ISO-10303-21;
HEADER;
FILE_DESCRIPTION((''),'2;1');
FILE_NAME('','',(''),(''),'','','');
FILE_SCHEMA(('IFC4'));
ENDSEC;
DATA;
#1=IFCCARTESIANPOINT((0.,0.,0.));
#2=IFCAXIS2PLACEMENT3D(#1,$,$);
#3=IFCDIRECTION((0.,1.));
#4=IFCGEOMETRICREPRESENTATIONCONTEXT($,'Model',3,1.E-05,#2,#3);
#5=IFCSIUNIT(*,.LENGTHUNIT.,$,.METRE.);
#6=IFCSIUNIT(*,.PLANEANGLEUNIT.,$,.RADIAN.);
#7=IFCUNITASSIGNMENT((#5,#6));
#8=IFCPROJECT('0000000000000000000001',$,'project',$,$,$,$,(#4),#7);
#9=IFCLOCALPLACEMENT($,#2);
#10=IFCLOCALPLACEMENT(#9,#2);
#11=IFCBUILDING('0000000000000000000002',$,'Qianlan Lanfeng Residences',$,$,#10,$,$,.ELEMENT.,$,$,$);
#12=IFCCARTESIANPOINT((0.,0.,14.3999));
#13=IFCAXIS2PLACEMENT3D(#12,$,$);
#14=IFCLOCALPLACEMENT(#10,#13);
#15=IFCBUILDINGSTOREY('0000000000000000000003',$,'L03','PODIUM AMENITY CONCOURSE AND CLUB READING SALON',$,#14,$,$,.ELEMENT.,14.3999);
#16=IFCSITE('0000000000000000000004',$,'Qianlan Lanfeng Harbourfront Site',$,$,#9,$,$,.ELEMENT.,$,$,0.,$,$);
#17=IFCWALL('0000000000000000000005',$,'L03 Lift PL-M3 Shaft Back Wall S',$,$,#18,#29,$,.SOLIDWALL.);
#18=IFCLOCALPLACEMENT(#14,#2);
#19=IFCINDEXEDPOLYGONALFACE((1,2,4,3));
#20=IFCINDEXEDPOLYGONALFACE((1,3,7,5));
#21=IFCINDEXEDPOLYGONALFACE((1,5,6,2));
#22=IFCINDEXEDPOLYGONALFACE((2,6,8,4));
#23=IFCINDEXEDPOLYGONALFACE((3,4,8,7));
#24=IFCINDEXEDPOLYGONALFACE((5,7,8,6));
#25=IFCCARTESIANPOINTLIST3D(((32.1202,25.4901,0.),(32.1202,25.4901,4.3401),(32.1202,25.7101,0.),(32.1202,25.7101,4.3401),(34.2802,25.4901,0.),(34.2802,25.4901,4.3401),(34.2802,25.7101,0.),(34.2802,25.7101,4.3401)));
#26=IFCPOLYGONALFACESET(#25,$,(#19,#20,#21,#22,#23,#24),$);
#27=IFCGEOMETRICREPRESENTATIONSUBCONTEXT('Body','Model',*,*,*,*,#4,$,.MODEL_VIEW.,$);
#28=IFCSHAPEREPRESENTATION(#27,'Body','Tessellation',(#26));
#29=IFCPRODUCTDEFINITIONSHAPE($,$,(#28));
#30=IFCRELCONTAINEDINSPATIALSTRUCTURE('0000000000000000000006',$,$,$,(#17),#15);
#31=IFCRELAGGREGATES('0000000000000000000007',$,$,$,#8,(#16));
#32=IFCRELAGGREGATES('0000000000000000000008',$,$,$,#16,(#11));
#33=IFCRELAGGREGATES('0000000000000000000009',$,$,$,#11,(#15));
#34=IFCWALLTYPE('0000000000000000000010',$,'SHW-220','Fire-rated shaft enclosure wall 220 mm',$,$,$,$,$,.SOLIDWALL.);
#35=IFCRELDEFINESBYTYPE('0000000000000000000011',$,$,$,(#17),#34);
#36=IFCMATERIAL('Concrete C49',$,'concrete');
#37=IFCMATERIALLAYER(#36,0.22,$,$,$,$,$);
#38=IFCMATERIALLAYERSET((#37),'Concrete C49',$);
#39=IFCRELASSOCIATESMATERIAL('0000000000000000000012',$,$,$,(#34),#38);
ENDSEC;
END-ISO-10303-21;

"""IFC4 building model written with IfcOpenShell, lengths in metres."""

from ifc_helpers import new_model, si_unit, direction, frame, frame_2d, origin, place, context, subcontext, project, spatial, rectangle, extrude, material, layer, layer_set, type_object, element, save


model = new_model("IFC4")

# Units and contexts
model_context = context("Model", 3, precision=1e-05, world=origin(), true_north=direction((0.0, 1.0)))
body_context = subcontext(model_context, "Body", "Model", "MODEL_VIEW")
ifc_project = project(units=[si_unit("LENGTHUNIT", "METRE"), si_unit("PLANEANGLEUNIT", "RADIAN")], contexts=[model_context])

# Site, building, storey
site_placement = place(None, origin())
site = spatial("IfcSite", under=ifc_project, at=site_placement, Name="Qianlan Lanfeng Harbourfront Site", CompositionType="ELEMENT", RefElevation=0.0)
building_placement = place(site_placement, origin())
building = spatial("IfcBuilding", under=site, at=building_placement, Name="Qianlan Lanfeng Residences", CompositionType="ELEMENT")
storey_placement = place(building_placement, frame((0.0, 0.0, 14.3999)))
storey = spatial("IfcBuildingStorey", under=building, at=storey_placement, Name="L03", Description="PODIUM AMENITY CONCOURSE AND CLUB READING SALON", CompositionType="ELEMENT", Elevation=14.3999)

# Wall
ifc_material_1 = material(Name="Concrete C49", Category="concrete")
ifc_layer_1 = layer(ifc_material_1, 0.22)
ifc_layer_set_1 = layer_set([ifc_layer_1], Name="Concrete C49")
wall_type_1 = type_object("IfcWallType", Name="SHW-220", Description="Fire-rated shaft enclosure wall 220 mm", PredefinedType="SOLIDWALL", material=ifc_layer_set_1)
wall_1_placement = place(storey_placement, frame((32.1201, 25.6001, 0.0), z_axis=(0.0, 0.0, 1.0), x_axis=(1.0, 0.0, 0.0)))
element("IfcWall", 1, at=wall_1_placement, inside=storey, type_object=wall_type_1, Name="L03 Lift PL-M3 Shaft Back Wall S", PredefinedType="SOLIDWALL", context=body_context, shape_type="SweptSolid", body=[
    extrude(rectangle(XDim=2.1599, YDim=0.22, at=frame_2d((1.0801, 0.0))), origin(), (0.0, 0.0, 1.0), 4.3401),
])

save(model, "model.ifc")
